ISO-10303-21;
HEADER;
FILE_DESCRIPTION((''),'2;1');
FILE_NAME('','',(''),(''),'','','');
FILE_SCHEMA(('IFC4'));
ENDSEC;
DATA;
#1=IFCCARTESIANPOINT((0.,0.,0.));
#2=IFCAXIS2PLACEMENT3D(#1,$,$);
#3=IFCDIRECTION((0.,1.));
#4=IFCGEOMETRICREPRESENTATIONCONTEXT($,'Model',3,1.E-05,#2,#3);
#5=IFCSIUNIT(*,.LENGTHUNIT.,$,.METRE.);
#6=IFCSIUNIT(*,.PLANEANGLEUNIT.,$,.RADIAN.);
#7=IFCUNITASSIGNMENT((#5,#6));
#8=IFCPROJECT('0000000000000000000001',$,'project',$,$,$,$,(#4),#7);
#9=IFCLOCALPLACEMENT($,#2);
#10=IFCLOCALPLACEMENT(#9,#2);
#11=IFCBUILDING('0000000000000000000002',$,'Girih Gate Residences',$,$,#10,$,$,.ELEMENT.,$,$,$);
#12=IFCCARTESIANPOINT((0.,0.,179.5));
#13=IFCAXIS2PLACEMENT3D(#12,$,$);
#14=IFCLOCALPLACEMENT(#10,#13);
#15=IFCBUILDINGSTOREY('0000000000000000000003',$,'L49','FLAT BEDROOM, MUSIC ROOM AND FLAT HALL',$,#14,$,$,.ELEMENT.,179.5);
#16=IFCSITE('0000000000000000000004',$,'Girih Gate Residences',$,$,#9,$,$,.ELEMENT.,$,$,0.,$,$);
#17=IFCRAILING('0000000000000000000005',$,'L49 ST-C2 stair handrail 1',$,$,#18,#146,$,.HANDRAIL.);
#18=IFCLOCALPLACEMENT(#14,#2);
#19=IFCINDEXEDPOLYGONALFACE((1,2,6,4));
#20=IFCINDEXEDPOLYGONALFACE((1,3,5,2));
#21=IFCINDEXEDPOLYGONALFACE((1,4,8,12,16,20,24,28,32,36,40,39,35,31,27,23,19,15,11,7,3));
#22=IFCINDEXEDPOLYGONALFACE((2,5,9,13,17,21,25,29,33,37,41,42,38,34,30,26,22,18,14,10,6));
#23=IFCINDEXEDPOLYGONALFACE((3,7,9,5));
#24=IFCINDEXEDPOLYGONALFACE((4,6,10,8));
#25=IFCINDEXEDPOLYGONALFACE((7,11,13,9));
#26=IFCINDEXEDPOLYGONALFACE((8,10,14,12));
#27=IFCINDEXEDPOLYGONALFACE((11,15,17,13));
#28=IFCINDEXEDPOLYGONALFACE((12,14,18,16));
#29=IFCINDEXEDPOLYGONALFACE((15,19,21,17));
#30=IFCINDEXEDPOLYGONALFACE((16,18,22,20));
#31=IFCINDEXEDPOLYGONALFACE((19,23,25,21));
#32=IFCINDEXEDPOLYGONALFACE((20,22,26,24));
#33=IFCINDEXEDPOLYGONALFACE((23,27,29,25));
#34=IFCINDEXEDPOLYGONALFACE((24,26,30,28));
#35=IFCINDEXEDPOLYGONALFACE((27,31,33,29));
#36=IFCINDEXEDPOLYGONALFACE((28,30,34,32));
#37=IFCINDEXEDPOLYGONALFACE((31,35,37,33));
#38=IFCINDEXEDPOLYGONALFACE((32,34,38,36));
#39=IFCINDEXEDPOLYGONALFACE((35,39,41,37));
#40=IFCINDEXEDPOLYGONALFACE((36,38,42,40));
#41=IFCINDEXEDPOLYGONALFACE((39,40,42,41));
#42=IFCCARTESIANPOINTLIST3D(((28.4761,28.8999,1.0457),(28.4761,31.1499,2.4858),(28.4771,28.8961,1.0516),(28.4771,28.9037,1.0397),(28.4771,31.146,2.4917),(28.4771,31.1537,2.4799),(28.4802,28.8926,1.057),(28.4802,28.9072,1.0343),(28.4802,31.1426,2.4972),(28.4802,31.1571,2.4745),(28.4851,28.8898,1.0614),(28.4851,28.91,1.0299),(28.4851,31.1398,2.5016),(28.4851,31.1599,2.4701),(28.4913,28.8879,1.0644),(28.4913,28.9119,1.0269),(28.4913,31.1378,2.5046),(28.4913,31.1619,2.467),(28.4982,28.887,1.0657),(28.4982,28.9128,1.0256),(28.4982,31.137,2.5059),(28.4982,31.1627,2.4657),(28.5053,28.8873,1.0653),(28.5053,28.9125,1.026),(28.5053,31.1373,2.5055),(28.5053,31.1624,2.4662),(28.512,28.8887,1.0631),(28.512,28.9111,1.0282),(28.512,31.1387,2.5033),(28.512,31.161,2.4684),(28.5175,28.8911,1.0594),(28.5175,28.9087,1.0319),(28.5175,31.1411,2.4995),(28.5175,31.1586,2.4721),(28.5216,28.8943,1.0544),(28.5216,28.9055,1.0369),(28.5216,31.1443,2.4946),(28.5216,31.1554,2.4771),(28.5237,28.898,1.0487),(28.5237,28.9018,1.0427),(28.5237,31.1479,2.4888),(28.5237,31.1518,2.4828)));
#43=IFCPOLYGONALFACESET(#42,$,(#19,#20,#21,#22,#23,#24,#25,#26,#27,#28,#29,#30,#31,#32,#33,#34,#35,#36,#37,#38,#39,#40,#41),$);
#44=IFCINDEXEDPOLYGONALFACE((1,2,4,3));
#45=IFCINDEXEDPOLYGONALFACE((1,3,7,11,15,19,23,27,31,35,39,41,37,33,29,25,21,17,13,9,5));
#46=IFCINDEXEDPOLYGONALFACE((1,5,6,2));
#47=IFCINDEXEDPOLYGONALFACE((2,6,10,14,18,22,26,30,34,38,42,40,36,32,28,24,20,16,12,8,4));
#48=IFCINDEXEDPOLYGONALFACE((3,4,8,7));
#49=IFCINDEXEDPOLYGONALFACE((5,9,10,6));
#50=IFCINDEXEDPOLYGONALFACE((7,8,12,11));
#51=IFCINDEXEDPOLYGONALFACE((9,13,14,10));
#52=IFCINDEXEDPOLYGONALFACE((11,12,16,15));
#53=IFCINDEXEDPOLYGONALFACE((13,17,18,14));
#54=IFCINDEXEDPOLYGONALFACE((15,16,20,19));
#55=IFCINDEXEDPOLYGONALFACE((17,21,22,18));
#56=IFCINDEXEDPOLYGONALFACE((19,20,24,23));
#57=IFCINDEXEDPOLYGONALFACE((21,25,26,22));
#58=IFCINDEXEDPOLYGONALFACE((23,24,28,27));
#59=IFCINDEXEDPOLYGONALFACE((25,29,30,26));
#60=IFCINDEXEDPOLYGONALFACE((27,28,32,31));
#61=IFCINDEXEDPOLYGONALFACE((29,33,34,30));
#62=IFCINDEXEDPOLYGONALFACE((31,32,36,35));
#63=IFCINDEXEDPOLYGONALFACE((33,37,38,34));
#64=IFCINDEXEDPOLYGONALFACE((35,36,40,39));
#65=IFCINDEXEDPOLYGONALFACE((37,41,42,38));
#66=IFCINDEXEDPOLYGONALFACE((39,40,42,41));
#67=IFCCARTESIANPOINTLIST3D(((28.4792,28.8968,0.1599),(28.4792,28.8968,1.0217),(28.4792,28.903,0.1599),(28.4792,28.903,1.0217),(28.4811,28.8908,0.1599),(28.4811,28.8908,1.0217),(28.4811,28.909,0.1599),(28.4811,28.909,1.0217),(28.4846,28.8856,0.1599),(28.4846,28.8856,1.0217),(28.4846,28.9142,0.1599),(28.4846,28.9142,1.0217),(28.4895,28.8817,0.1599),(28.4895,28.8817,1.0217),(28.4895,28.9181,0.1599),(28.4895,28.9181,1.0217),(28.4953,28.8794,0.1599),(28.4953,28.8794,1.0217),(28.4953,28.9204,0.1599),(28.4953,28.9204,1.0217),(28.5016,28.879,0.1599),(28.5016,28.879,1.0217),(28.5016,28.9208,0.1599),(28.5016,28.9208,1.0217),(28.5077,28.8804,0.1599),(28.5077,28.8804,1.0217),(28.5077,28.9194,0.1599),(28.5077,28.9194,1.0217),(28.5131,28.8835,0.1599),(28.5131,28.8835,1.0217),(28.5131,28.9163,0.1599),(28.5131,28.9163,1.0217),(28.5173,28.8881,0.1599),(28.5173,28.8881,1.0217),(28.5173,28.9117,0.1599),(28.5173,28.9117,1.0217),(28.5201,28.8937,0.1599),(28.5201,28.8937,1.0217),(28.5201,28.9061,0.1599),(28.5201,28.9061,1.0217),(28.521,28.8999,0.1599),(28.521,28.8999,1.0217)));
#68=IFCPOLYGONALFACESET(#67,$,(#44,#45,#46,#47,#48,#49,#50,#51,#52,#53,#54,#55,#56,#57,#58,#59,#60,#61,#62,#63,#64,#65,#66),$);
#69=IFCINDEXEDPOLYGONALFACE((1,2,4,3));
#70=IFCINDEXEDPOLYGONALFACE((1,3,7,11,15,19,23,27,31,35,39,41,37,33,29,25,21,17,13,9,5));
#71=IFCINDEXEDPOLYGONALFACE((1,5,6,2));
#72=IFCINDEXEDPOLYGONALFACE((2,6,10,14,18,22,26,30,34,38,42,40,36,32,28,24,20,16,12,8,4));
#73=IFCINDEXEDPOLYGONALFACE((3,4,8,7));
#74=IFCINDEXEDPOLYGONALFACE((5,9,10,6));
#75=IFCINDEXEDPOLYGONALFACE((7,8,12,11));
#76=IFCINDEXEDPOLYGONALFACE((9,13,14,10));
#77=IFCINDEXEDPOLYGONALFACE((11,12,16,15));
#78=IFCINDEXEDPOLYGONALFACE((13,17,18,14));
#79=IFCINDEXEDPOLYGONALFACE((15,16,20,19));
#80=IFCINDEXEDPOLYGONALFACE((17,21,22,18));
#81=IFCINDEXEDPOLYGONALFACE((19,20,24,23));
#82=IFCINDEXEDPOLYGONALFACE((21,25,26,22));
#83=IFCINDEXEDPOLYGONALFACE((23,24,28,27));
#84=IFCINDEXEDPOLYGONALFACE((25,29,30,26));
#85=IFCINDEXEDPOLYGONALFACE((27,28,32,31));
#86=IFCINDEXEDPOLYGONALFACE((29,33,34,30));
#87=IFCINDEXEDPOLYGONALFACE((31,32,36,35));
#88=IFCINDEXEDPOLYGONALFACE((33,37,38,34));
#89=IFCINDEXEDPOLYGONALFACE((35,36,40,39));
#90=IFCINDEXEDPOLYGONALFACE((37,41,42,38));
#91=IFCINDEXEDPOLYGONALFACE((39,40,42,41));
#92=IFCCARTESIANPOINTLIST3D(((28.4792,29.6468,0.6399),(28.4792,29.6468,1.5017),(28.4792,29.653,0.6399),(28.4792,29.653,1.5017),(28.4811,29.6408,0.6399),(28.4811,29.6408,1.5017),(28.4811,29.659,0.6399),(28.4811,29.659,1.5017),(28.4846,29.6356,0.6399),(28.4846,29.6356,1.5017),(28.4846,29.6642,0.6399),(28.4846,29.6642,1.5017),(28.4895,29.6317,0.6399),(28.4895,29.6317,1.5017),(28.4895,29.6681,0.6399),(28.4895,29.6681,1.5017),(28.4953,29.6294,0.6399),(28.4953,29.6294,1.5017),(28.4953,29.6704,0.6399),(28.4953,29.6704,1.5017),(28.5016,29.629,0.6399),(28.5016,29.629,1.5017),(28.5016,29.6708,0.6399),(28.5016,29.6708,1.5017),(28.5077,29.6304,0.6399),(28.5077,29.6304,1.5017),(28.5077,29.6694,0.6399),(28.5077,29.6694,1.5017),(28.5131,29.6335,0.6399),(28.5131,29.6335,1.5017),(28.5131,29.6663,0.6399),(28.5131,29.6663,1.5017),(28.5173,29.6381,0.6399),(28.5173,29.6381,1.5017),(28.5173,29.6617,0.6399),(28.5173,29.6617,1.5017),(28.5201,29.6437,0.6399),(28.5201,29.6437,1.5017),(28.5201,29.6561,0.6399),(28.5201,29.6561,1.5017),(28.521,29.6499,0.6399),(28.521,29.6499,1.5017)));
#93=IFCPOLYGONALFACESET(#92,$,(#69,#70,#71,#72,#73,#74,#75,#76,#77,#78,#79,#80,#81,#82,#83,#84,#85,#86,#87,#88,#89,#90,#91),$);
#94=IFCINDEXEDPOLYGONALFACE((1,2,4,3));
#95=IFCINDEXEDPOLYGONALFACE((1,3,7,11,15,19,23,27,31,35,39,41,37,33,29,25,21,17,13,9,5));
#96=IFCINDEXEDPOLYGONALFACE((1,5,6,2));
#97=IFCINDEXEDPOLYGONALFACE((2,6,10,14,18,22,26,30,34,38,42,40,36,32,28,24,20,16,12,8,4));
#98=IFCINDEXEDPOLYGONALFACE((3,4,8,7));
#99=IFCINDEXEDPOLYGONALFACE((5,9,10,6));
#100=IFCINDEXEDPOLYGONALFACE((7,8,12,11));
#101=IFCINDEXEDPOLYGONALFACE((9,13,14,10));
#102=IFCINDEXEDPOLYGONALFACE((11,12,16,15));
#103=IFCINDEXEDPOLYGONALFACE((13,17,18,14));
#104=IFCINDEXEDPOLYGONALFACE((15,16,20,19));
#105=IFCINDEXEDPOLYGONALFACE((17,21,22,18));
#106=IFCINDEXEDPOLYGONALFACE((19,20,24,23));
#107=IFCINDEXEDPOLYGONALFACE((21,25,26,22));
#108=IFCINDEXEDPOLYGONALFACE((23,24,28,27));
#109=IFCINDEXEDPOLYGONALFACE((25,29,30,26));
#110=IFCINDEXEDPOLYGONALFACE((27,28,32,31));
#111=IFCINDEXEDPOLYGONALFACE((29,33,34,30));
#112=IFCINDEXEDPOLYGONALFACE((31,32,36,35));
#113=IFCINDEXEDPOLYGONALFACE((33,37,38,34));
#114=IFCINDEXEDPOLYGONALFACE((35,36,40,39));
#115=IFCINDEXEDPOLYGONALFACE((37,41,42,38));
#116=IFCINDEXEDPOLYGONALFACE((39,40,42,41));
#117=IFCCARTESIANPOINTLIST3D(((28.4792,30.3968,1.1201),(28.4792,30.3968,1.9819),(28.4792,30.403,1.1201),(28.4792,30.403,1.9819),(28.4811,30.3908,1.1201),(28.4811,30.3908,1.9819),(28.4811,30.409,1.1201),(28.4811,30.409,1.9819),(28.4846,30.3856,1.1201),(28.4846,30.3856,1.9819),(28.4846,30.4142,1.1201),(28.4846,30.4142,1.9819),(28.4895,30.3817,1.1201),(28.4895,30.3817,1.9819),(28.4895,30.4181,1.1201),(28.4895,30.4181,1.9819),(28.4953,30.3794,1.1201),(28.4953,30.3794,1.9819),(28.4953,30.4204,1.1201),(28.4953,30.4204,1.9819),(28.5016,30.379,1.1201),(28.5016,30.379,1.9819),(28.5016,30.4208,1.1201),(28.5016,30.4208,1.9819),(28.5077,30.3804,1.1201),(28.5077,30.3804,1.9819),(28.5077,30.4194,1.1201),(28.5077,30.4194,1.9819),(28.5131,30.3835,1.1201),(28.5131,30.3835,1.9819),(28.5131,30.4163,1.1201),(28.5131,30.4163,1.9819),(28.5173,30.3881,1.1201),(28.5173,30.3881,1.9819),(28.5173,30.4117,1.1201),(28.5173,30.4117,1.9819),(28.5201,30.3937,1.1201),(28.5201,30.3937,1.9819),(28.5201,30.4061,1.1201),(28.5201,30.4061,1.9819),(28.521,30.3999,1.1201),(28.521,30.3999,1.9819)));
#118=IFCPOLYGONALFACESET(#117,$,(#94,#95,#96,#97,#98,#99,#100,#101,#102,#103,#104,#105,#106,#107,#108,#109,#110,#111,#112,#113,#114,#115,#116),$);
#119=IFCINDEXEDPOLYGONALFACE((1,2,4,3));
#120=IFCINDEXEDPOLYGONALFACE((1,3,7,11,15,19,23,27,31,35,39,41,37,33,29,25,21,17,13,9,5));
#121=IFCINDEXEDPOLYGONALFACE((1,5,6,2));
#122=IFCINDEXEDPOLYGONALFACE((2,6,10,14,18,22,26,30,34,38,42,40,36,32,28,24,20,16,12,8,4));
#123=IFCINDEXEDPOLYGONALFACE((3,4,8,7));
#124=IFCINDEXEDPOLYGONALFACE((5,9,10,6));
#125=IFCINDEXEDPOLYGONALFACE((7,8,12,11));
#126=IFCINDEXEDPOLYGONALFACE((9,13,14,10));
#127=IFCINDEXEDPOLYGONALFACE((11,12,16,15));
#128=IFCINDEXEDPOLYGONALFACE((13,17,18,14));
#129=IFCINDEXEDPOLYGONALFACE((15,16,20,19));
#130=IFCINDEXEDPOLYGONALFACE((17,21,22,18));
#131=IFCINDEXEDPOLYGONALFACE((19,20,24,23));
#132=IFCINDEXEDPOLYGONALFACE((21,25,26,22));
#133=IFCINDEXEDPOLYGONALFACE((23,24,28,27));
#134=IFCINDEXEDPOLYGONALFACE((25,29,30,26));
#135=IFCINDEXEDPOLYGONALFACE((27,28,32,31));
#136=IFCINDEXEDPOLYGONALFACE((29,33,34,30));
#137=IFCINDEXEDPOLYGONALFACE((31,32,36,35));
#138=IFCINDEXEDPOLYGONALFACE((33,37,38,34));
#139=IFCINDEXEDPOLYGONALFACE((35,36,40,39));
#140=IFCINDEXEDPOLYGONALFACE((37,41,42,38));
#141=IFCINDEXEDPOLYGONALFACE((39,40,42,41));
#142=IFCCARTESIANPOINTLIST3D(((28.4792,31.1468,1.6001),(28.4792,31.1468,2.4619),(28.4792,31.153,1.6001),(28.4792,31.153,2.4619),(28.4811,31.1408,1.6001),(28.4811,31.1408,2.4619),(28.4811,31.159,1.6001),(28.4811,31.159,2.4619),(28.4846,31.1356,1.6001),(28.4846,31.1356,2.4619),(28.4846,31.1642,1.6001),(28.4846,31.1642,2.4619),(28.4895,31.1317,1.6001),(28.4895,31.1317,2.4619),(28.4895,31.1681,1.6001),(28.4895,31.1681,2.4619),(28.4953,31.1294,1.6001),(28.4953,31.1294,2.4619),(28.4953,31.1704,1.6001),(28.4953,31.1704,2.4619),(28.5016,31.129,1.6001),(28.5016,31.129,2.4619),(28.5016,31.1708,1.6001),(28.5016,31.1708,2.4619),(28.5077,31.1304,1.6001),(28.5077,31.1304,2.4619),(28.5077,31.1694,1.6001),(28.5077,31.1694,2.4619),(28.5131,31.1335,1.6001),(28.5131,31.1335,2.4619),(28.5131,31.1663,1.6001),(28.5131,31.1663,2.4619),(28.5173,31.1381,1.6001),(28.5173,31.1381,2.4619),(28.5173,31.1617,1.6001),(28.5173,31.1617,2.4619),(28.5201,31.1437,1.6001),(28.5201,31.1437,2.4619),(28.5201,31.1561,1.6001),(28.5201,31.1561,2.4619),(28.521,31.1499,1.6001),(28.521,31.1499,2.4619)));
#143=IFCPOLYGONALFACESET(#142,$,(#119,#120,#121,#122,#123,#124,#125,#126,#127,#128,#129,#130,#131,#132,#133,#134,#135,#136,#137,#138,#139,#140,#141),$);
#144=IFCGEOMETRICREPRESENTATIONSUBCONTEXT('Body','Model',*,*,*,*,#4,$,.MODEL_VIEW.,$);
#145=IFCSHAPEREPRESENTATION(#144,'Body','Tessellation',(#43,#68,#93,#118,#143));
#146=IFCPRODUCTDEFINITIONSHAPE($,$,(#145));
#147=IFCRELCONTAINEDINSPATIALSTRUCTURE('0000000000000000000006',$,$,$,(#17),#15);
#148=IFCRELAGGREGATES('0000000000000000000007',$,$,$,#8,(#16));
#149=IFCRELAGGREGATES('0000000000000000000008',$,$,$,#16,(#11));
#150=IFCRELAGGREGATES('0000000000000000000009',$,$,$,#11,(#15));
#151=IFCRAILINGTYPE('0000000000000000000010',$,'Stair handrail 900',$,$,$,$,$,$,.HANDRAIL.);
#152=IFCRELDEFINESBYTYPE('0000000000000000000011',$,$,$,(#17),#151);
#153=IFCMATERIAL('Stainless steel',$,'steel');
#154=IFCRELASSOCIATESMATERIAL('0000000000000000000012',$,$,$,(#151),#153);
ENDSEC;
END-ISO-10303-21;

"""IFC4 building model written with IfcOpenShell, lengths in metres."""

from ifc_helpers import new_model, si_unit, direction, frame, origin, origin_2d, place, context, subcontext, project, spatial, circle, extrude, material, type_object, element, save


model = new_model("IFC4")

# Units and contexts
model_context = context("Model", 3, precision=1e-05, world=origin(), true_north=direction((0.0, 1.0)))
body_context = subcontext(model_context, "Body", "Model", "MODEL_VIEW")
ifc_project = project(units=[si_unit("LENGTHUNIT", "METRE"), si_unit("PLANEANGLEUNIT", "RADIAN")], contexts=[model_context])

# Site, building, storey
site_placement = place(None, origin())
site = spatial("IfcSite", under=ifc_project, at=site_placement, Name="Girih Gate Residences", CompositionType="ELEMENT", RefElevation=0.0)
building_placement = place(site_placement, origin())
building = spatial("IfcBuilding", under=site, at=building_placement, Name="Girih Gate Residences", CompositionType="ELEMENT")
storey_placement = place(building_placement, frame((0.0, 0.0, 179.5)))
storey = spatial("IfcBuildingStorey", under=building, at=storey_placement, Name="L49", Description="FLAT BEDROOM, MUSIC ROOM AND FLAT HALL", CompositionType="ELEMENT", Elevation=179.5)

# Railing
ifc_material_1 = material(Name="Stainless steel", Category="steel")
railing_type_1 = type_object("IfcRailingType", Name="Stair handrail 900", PredefinedType="HANDRAIL", material=ifc_material_1)
railing_1_placement = place(storey_placement, frame((28.5, 28.8999, 0.1599)))
element("IfcRailing", 1, at=railing_1_placement, inside=storey, type_object=railing_type_1, Name="L49 ST-C2 stair handrail 1", PredefinedType="HANDRAIL", context=body_context, shape_type="SweptSolid", body=[
    extrude(circle(Radius=0.0239, at=origin_2d()), frame((0.0, 0.0, 0.8857), z_axis=(0.0, 0.84224, 0.539103), x_axis=(-1.0, 0.0, 0.0)), (0.0, 0.0, 1.0), 2.6714),
    extrude(circle(Radius=0.021, at=origin_2d()), origin(), (0.0, 0.0, 1.0), 0.8618),
    extrude(circle(Radius=0.021, at=origin_2d()), frame((0.0, 0.75, 0.48)), (0.0, 0.0, 1.0), 0.8618),
    extrude(circle(Radius=0.021, at=origin_2d()), frame((0.0, 1.5, 0.9602)), (0.0, 0.0, 1.0), 0.8618),
    extrude(circle(Radius=0.021, at=origin_2d()), frame((0.0, 2.25, 1.4402)), (0.0, 0.0, 1.0), 0.8618),
])

save(model, "model.ifc")
